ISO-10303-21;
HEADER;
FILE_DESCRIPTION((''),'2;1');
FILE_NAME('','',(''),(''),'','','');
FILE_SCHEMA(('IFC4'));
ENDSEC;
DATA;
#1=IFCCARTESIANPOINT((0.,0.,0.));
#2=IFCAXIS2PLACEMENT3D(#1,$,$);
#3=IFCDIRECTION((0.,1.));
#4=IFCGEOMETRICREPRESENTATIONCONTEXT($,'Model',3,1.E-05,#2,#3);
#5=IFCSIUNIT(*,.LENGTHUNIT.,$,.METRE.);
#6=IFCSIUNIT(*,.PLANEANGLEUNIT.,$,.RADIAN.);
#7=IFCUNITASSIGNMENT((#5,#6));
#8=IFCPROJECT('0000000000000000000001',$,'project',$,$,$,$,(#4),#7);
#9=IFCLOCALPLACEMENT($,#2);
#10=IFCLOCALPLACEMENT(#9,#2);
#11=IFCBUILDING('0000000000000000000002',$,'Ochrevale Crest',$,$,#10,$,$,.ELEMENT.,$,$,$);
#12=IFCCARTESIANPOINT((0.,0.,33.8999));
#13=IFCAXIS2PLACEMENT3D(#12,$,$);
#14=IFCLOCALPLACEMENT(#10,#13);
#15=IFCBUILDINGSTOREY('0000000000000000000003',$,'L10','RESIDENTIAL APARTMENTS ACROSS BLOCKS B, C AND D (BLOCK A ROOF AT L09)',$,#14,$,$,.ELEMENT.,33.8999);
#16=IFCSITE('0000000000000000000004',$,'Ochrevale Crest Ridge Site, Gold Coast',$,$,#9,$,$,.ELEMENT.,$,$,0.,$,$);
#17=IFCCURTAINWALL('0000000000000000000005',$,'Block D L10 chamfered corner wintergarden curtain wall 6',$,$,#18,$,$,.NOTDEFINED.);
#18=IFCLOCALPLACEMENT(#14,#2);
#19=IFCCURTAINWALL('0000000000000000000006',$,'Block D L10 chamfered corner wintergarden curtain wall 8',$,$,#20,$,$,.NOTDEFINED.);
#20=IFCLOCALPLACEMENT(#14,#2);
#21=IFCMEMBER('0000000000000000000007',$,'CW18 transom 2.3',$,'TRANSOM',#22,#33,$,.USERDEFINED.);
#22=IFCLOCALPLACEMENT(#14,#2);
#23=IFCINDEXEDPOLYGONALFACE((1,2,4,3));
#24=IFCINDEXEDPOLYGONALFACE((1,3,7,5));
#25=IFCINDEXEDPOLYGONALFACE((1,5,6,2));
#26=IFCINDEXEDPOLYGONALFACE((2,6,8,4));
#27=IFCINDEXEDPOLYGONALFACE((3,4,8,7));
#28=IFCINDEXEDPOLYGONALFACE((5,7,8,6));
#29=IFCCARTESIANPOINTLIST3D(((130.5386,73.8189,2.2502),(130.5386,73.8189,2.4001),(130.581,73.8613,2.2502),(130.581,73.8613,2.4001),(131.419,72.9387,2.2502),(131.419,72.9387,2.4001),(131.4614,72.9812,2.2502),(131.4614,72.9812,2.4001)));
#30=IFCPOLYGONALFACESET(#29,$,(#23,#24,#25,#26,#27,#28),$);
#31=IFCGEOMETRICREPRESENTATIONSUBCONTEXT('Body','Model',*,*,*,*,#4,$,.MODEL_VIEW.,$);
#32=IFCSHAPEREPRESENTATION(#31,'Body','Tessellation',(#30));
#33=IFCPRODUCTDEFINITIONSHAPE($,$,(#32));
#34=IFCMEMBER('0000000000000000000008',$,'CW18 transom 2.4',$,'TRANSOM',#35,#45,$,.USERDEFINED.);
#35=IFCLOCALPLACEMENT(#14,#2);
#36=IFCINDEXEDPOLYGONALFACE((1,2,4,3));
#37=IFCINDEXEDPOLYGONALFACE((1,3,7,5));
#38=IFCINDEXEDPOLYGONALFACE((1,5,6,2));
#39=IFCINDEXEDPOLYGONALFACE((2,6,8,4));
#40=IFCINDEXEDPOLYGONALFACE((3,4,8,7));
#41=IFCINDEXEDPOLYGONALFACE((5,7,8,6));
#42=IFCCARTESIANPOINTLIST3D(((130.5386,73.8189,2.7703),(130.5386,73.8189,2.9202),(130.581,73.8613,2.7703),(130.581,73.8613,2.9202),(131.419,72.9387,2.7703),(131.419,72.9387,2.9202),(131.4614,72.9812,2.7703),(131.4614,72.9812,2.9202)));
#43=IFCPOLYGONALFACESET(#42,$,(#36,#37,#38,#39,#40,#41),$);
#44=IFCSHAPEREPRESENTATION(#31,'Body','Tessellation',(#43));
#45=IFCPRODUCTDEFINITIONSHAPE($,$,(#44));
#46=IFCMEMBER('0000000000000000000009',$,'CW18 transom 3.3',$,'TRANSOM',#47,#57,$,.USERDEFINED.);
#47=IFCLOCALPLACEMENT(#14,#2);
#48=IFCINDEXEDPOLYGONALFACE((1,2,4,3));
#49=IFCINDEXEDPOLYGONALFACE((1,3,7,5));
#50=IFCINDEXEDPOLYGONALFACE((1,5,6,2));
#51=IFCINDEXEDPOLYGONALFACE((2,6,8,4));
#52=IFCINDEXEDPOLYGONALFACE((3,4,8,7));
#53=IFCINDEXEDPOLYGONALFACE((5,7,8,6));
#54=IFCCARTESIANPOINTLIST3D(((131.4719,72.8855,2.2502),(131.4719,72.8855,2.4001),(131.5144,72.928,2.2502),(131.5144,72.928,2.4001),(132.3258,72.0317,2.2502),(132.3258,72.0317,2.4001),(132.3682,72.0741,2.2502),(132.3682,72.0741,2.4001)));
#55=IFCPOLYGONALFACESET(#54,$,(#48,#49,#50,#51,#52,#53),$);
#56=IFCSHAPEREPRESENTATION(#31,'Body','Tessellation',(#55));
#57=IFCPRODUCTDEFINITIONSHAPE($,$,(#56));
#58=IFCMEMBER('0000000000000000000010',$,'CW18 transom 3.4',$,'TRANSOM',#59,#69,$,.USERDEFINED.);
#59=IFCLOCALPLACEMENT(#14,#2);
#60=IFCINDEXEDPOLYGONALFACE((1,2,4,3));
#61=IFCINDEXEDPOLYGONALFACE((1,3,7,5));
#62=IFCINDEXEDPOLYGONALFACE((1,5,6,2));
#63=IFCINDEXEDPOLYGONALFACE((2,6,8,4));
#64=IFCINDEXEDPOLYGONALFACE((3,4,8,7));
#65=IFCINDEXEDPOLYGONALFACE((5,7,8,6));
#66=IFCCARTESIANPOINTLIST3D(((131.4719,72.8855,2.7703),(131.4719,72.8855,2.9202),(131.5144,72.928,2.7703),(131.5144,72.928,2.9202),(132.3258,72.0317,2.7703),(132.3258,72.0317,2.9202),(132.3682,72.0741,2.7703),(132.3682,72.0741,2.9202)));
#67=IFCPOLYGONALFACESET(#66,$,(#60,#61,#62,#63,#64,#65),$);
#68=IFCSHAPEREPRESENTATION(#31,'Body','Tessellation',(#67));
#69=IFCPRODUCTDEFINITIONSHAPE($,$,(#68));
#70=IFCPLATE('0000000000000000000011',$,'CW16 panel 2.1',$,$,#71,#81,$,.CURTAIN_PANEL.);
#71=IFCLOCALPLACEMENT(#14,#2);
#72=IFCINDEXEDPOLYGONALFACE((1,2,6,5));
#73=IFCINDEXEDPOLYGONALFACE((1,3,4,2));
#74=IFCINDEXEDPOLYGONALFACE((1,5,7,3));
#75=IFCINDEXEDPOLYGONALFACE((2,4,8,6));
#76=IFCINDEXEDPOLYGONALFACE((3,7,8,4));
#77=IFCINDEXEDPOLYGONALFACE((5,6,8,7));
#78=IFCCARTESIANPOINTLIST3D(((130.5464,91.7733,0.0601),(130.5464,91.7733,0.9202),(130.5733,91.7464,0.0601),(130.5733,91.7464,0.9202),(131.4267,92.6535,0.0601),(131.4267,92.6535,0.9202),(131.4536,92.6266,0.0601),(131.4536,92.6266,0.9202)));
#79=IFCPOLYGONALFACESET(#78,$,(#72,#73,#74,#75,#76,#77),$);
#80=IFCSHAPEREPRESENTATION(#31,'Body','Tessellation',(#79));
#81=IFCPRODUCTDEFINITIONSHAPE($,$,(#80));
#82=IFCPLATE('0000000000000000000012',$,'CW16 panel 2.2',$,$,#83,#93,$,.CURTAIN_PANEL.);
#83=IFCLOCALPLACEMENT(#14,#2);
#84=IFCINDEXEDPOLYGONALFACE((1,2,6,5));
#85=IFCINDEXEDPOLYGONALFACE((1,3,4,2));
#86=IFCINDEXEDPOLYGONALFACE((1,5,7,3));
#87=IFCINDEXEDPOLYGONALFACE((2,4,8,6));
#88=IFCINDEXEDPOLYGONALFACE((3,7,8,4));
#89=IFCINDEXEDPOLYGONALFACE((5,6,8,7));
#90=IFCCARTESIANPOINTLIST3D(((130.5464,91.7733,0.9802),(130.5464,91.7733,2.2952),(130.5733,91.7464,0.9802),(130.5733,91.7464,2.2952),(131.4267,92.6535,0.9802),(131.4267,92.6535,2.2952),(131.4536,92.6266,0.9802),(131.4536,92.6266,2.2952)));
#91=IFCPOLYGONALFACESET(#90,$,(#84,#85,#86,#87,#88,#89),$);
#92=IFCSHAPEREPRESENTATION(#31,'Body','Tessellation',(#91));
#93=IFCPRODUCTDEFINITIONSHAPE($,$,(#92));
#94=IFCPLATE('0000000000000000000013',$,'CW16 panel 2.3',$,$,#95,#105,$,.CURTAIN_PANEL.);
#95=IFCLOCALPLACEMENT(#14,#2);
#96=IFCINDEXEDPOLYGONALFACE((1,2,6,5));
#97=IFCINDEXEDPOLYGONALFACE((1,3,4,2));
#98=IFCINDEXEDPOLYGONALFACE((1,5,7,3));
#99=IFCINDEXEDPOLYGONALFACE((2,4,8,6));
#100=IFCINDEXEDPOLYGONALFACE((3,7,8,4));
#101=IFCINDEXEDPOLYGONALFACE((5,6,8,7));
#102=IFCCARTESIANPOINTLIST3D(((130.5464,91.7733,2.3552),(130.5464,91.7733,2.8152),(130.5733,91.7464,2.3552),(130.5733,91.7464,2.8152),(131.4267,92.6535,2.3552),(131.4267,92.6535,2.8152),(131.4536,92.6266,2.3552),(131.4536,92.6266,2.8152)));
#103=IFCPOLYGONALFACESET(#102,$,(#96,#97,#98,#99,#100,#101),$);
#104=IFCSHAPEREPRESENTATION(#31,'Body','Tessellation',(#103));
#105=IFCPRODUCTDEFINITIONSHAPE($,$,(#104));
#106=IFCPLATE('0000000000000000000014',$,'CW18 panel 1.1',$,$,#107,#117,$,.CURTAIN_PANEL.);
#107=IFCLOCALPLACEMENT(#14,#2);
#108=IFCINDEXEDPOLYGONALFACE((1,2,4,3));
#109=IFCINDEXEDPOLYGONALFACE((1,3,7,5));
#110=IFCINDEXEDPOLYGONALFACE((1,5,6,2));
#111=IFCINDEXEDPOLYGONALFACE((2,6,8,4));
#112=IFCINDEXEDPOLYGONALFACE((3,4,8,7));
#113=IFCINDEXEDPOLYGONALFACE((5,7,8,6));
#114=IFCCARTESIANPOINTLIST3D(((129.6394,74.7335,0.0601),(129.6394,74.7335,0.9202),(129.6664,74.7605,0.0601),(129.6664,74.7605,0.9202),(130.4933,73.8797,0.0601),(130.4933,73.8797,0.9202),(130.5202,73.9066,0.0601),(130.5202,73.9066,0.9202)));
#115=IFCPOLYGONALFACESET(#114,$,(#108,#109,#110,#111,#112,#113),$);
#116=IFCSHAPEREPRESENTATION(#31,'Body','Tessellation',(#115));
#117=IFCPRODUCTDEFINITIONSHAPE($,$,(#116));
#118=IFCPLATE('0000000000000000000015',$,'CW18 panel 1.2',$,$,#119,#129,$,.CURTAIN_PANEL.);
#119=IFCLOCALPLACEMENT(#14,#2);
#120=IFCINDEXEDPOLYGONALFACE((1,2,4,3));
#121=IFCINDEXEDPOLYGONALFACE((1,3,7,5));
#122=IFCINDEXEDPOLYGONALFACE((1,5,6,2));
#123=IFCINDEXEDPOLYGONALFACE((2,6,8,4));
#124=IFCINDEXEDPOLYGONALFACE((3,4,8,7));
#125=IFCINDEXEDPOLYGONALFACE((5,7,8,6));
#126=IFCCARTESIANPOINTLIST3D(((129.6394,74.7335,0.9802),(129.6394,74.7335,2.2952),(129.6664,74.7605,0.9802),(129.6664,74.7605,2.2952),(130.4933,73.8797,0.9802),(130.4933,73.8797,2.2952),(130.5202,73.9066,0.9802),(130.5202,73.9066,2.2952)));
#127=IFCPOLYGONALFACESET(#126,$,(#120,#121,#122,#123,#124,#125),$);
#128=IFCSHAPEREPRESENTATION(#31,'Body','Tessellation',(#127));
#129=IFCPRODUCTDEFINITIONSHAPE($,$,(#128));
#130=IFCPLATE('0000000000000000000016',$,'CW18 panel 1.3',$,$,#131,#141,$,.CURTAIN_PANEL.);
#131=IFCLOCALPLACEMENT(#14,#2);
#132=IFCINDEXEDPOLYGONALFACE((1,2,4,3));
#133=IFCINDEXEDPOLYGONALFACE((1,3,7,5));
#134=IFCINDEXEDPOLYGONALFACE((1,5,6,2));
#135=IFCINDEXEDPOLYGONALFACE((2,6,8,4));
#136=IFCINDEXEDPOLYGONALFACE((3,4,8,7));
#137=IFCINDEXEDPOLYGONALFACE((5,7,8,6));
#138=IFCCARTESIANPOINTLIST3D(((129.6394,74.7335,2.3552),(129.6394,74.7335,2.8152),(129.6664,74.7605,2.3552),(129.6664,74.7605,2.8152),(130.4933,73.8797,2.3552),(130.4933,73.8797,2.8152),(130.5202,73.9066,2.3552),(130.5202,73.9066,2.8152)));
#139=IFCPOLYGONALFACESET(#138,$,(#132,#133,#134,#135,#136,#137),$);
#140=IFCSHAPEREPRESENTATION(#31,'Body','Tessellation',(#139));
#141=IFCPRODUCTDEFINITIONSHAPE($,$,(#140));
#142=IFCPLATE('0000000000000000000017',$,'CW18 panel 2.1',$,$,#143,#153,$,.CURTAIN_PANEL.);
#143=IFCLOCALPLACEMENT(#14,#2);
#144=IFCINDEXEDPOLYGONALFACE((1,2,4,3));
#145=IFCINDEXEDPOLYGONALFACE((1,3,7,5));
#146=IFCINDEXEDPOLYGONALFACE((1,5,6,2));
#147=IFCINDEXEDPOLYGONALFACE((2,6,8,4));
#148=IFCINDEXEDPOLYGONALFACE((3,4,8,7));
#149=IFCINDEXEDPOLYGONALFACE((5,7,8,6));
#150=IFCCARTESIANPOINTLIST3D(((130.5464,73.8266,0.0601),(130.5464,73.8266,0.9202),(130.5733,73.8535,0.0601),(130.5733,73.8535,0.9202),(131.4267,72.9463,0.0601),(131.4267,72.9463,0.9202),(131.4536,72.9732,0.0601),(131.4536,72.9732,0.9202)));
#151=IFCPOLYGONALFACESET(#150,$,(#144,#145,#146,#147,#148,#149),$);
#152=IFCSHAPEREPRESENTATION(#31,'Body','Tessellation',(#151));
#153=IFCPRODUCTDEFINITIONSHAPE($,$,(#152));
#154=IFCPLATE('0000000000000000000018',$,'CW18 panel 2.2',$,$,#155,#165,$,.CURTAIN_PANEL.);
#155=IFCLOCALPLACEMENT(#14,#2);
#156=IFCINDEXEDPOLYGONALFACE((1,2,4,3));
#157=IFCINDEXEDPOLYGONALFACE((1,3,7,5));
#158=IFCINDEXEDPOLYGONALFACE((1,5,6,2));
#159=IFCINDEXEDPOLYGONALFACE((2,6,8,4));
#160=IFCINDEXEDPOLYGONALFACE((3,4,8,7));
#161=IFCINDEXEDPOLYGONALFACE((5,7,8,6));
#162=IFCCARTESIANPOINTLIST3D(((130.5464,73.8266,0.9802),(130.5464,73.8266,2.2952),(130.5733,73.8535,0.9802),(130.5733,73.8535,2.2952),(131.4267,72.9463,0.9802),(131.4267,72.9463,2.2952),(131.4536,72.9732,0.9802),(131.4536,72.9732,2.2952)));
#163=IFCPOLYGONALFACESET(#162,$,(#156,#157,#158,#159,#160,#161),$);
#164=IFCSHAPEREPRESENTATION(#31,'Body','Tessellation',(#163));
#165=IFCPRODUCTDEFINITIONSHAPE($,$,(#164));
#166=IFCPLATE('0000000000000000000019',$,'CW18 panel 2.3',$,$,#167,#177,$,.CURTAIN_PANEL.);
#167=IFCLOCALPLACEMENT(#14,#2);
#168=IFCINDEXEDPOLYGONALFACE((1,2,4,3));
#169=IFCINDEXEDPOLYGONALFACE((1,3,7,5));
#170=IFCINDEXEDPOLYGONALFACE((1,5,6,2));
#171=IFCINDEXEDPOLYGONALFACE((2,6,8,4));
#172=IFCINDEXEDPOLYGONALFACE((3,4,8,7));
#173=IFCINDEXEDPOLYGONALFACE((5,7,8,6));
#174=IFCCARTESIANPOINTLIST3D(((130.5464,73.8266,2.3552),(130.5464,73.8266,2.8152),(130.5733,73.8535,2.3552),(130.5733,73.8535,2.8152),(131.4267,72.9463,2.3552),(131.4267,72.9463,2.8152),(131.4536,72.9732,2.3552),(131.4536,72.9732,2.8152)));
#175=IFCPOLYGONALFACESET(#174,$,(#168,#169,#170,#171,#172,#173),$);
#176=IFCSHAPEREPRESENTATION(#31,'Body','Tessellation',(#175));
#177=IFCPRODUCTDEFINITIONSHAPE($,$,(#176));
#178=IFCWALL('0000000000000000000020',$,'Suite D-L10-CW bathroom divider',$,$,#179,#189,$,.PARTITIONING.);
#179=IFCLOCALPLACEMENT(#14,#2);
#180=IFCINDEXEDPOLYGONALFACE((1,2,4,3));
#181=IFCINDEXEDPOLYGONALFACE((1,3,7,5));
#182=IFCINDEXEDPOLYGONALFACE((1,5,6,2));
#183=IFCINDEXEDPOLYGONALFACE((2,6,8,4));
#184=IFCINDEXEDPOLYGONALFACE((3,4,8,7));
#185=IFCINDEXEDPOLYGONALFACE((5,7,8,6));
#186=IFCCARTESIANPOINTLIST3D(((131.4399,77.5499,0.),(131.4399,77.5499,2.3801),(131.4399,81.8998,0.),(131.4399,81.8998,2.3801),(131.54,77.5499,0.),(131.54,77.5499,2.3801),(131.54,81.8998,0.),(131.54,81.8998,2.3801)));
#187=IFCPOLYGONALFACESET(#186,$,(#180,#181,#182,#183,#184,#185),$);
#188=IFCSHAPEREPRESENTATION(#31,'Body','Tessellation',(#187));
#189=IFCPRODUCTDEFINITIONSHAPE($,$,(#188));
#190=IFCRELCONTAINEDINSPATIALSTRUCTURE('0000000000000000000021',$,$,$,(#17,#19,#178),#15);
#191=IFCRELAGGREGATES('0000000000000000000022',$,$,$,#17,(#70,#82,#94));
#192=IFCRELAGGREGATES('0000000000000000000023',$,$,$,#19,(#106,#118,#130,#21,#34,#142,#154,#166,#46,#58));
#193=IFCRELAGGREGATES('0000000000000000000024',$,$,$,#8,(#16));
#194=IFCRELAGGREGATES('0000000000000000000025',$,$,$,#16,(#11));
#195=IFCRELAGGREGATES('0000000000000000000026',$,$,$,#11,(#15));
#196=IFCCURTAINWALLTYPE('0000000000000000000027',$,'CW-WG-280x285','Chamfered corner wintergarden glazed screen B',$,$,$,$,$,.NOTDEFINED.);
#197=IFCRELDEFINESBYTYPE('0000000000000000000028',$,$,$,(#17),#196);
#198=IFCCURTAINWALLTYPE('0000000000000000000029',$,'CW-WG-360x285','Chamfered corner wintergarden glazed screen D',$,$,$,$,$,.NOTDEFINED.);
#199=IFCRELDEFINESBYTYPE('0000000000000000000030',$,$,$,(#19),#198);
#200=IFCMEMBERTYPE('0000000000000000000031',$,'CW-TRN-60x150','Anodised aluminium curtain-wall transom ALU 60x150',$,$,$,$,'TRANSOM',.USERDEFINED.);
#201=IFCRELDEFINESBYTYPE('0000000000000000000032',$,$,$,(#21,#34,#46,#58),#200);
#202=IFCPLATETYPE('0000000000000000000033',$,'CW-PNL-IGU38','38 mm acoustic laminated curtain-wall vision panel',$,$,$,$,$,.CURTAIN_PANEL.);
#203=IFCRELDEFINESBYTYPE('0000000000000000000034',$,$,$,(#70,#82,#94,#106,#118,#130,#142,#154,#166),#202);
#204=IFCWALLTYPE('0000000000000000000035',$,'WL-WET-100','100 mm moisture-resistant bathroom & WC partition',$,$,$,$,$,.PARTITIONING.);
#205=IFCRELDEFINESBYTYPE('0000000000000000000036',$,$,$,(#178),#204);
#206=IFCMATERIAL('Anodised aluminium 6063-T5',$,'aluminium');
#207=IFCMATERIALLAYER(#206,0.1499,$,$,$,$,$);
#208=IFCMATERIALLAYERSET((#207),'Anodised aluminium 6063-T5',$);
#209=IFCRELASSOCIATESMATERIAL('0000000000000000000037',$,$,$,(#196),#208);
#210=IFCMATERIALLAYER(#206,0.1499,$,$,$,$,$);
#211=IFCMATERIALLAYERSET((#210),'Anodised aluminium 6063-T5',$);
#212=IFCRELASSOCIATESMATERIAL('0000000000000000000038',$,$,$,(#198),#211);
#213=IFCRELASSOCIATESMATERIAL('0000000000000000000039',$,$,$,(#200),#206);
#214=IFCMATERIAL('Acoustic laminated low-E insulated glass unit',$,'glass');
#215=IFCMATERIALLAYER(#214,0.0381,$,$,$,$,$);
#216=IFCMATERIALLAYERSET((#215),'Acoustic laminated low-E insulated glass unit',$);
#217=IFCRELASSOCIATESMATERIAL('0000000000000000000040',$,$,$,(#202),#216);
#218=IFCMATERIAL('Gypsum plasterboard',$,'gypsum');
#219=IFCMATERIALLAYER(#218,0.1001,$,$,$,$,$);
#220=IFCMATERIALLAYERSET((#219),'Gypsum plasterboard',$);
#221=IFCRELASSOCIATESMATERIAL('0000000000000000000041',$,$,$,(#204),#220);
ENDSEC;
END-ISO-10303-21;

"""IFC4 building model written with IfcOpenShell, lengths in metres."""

from ifc_helpers import new_model, si_unit, direction, frame, frame_2d, origin, origin_2d, place, context, subcontext, project, spatial, rectangle, extrude, material, layer, layer_set, material_profile, profile_set, type_object, element, aggregate, save


model = new_model("IFC4")

# Units and contexts
model_context = context("Model", 3, precision=1e-05, world=origin(), true_north=direction((0.0, 1.0)))
body_context = subcontext(model_context, "Body", "Model", "MODEL_VIEW")
ifc_project = project(units=[si_unit("LENGTHUNIT", "METRE"), si_unit("PLANEANGLEUNIT", "RADIAN")], contexts=[model_context])

# Site, building, storey
site_placement = place(None, origin())
site = spatial("IfcSite", under=ifc_project, at=site_placement, Name="Ochrevale Crest Ridge Site, Gold Coast", CompositionType="ELEMENT", RefElevation=0.0)
building_placement = place(site_placement, origin())
building = spatial("IfcBuilding", under=site, at=building_placement, Name="Ochrevale Crest", CompositionType="ELEMENT")
storey_placement = place(building_placement, frame((0.0, 0.0, 33.8999)))
storey = spatial("IfcBuildingStorey", under=building, at=storey_placement, Name="L10", Description="RESIDENTIAL APARTMENTS ACROSS BLOCKS B, C AND D (BLOCK A ROOF AT L09)", CompositionType="ELEMENT", Elevation=33.8999)

# Curtain walls
ifc_material_1 = material(Name="Anodised aluminium 6063-T5", Category="aluminium")
ifc_layer_1 = layer(ifc_material_1, 0.1499)
ifc_layer_set_1 = layer_set([ifc_layer_1], Name="Anodised aluminium 6063-T5")
curtain_wall_type_1 = type_object("IfcCurtainWallType", Name="CW-WG-280x285", Description="Chamfered corner wintergarden glazed screen B", PredefinedType="NOTDEFINED", material=ifc_layer_set_1)
curtain_wall_1_placement = place(storey_placement, origin())
curtain_wall_1 = element("IfcCurtainWall", 1, at=curtain_wall_1_placement, inside=storey, type_object=curtain_wall_type_1, Name="Block D L10 chamfered corner wintergarden curtain wall 6", PredefinedType="NOTDEFINED")
ifc_layer_2 = layer(ifc_material_1, 0.1499)
ifc_layer_set_2 = layer_set([ifc_layer_2], Name="Anodised aluminium 6063-T5")
curtain_wall_type_2 = type_object("IfcCurtainWallType", Name="CW-WG-360x285", Description="Chamfered corner wintergarden glazed screen D", PredefinedType="NOTDEFINED", material=ifc_layer_set_2)
curtain_wall_2_placement = place(storey_placement, origin())
curtain_wall_2 = element("IfcCurtainWall", 2, at=curtain_wall_2_placement, inside=storey, type_object=curtain_wall_type_2, Name="Block D L10 chamfered corner wintergarden curtain wall 8", PredefinedType="NOTDEFINED")

# Members
ifc_material_profile_1 = material_profile(ifc_material_1, rectangle(XDim=0.0601, YDim=0.1499, at=origin_2d()), Name="ALU 60x150")
ifc_profile_set_1 = profile_set([ifc_material_profile_1], Name="Anodised aluminium 6063-T5")
member_type_1 = type_object("IfcMemberType", Name="CW-TRN-60x150", Description="Anodised aluminium curtain-wall transom ALU 60x150", ElementType="TRANSOM", PredefinedType="USERDEFINED", material=ifc_profile_set_1)
member_1_placement = place(storey_placement, frame((130.5598, 73.8401, 2.3252), z_axis=(0.707205, -0.707009, 0.0), x_axis=(0.707009, 0.707205, 0.0)))
member_1 = element("IfcMember", 3, at=member_1_placement, type_object=member_type_1, Name="CW18 transom 2.3", ObjectType="TRANSOM", PredefinedType="USERDEFINED", context=body_context, shape_type="SweptSolid", body=[
    extrude(rectangle(XDim=0.0601, YDim=0.1499, at=origin_2d()), origin(), (0.0, 0.0, 1.0), 1.2449),
])
member_2_placement = place(storey_placement, frame((130.5598, 73.8401, 2.8452), z_axis=(0.707205, -0.707009, 0.0), x_axis=(0.707009, 0.707205, 0.0)))
member_2 = element("IfcMember", 4, at=member_2_placement, type_object=member_type_1, Name="CW18 transom 2.4", ObjectType="TRANSOM", PredefinedType="USERDEFINED", context=body_context, shape_type="SweptSolid", body=[
    extrude(rectangle(XDim=0.0601, YDim=0.1499, at=origin_2d()), origin(), (0.0, 0.0, 1.0), 1.2449),
])
member_3_placement = place(storey_placement, frame((131.4932, 72.9067, 2.3252), z_axis=(0.707107, -0.707107, 0.0), x_axis=(0.707107, 0.707107, 0.0)))
member_3 = element("IfcMember", 5, at=member_3_placement, type_object=member_type_1, Name="CW18 transom 3.3", ObjectType="TRANSOM", PredefinedType="USERDEFINED", context=body_context, shape_type="SweptSolid", body=[
    extrude(rectangle(XDim=0.0601, YDim=0.1499, at=origin_2d()), origin(), (0.0, 0.0, 1.0), 1.2075),
])
member_4_placement = place(storey_placement, frame((131.4932, 72.9067, 2.8452), z_axis=(0.707107, -0.707107, 0.0), x_axis=(0.707107, 0.707107, 0.0)))
member_4 = element("IfcMember", 6, at=member_4_placement, type_object=member_type_1, Name="CW18 transom 3.4", ObjectType="TRANSOM", PredefinedType="USERDEFINED", context=body_context, shape_type="SweptSolid", body=[
    extrude(rectangle(XDim=0.0601, YDim=0.1499, at=origin_2d()), origin(), (0.0, 0.0, 1.0), 1.2075),
])

# Plates
ifc_material_2 = material(Name="Acoustic laminated low-E insulated glass unit", Category="glass")
ifc_layer_3 = layer(ifc_material_2, 0.0381)
ifc_layer_set_3 = layer_set([ifc_layer_3], Name="Acoustic laminated low-E insulated glass unit")
plate_type = type_object("IfcPlateType", Name="CW-PNL-IGU38", Description="38 mm acoustic laminated curtain-wall vision panel", PredefinedType="CURTAIN_PANEL", material=ifc_layer_set_3)
plate_1_placement = place(storey_placement, frame((131.0, 92.2, 0.0601), z_axis=(0.0, 0.0, 1.0), x_axis=(-0.707107, -0.707107, 0.0)))
plate_1 = element("IfcPlate", 7, at=plate_1_placement, type_object=plate_type, Name="CW16 panel 2.1", PredefinedType="CURTAIN_PANEL", context=body_context, shape_type="SweptSolid", body=[
    extrude(rectangle(XDim=1.2449, YDim=0.0381, at=origin_2d()), origin(), (0.0, 0.0, 1.0), 0.8601),
])
plate_2_placement = place(storey_placement, frame((131.0, 92.2, 0.9802), z_axis=(0.0, 0.0, 1.0), x_axis=(-0.707107, -0.707107, 0.0)))
plate_2 = element("IfcPlate", 8, at=plate_2_placement, type_object=plate_type, Name="CW16 panel 2.2", PredefinedType="CURTAIN_PANEL", context=body_context, shape_type="SweptSolid", body=[
    extrude(rectangle(XDim=1.2449, YDim=0.0381, at=origin_2d()), origin(), (0.0, 0.0, 1.0), 1.3149),
])
plate_3_placement = place(storey_placement, frame((131.0, 92.2, 2.3552), z_axis=(0.0, 0.0, 1.0), x_axis=(-0.707107, -0.707107, 0.0)))
plate_3 = element("IfcPlate", 9, at=plate_3_placement, type_object=plate_type, Name="CW16 panel 2.3", PredefinedType="CURTAIN_PANEL", context=body_context, shape_type="SweptSolid", body=[
    extrude(rectangle(XDim=1.2449, YDim=0.0381, at=origin_2d()), origin(), (0.0, 0.0, 1.0), 0.46),
])
aggregate(curtain_wall_1, [plate_1, plate_2, plate_3])
plate_4_placement = place(storey_placement, frame((130.0798, 74.3201, 0.0601), z_axis=(0.0, 0.0, 1.0), x_axis=(0.707107, -0.707107, 0.0)))
plate_4 = element("IfcPlate", 10, at=plate_4_placement, type_object=plate_type, Name="CW18 panel 1.1", PredefinedType="CURTAIN_PANEL", context=body_context, shape_type="SweptSolid", body=[
    extrude(rectangle(XDim=1.2075, YDim=0.0381, at=origin_2d()), origin(), (0.0, 0.0, 1.0), 0.8601),
])
plate_5_placement = place(storey_placement, frame((130.0798, 74.3201, 0.9802), z_axis=(0.0, 0.0, 1.0), x_axis=(0.707107, -0.707107, 0.0)))
plate_5 = element("IfcPlate", 11, at=plate_5_placement, type_object=plate_type, Name="CW18 panel 1.2", PredefinedType="CURTAIN_PANEL", context=body_context, shape_type="SweptSolid", body=[
    extrude(rectangle(XDim=1.2075, YDim=0.0381, at=origin_2d()), origin(), (0.0, 0.0, 1.0), 1.3149),
])
plate_6_placement = place(storey_placement, frame((130.0798, 74.3201, 2.3552), z_axis=(0.0, 0.0, 1.0), x_axis=(0.707107, -0.707107, 0.0)))
plate_6 = element("IfcPlate", 12, at=plate_6_placement, type_object=plate_type, Name="CW18 panel 1.3", PredefinedType="CURTAIN_PANEL", context=body_context, shape_type="SweptSolid", body=[
    extrude(rectangle(XDim=1.2075, YDim=0.0381, at=origin_2d()), origin(), (0.0, 0.0, 1.0), 0.46),
])
plate_7_placement = place(storey_placement, frame((131.0, 73.3999, 0.0601), z_axis=(0.0, 0.0, 1.0), x_axis=(0.707107, -0.707107, 0.0)))
plate_7 = element("IfcPlate", 13, at=plate_7_placement, type_object=plate_type, Name="CW18 panel 2.1", PredefinedType="CURTAIN_PANEL", context=body_context, shape_type="SweptSolid", body=[
    extrude(rectangle(XDim=1.2449, YDim=0.0381, at=origin_2d()), origin(), (0.0, 0.0, 1.0), 0.8601),
])
plate_8_placement = place(storey_placement, frame((131.0, 73.3999, 0.9802), z_axis=(0.0, 0.0, 1.0), x_axis=(0.707107, -0.707107, 0.0)))
plate_8 = element("IfcPlate", 14, at=plate_8_placement, type_object=plate_type, Name="CW18 panel 2.2", PredefinedType="CURTAIN_PANEL", context=body_context, shape_type="SweptSolid", body=[
    extrude(rectangle(XDim=1.2449, YDim=0.0381, at=origin_2d()), origin(), (0.0, 0.0, 1.0), 1.3149),
])
plate_9_placement = place(storey_placement, frame((131.0, 73.3999, 2.3552), z_axis=(0.0, 0.0, 1.0), x_axis=(0.707107, -0.707107, 0.0)))
plate_9 = element("IfcPlate", 15, at=plate_9_placement, type_object=plate_type, Name="CW18 panel 2.3", PredefinedType="CURTAIN_PANEL", context=body_context, shape_type="SweptSolid", body=[
    extrude(rectangle(XDim=1.2449, YDim=0.0381, at=origin_2d()), origin(), (0.0, 0.0, 1.0), 0.46),
])
aggregate(curtain_wall_2, [plate_4, plate_5, plate_6, member_1, member_2, plate_7, plate_8, plate_9, member_3, member_4])

# Wall
ifc_material_3 = material(Name="Gypsum plasterboard", Category="gypsum")
ifc_layer_4 = layer(ifc_material_3, 0.1001)
ifc_layer_set_4 = layer_set([ifc_layer_4], Name="Gypsum plasterboard")
wall_type = type_object("IfcWallType", Name="WL-WET-100", Description="100 mm moisture-resistant bathroom & WC partition", PredefinedType="PARTITIONING", material=ifc_layer_set_4)
wall_placement = place(storey_placement, frame((131.49, 77.55, 0.0), z_axis=(0.0, 0.0, 1.0), x_axis=(0.0, 1.0, 0.0)))
element("IfcWall", 16, at=wall_placement, inside=storey, type_object=wall_type, Name="Suite D-L10-CW bathroom divider", PredefinedType="PARTITIONING", context=body_context, shape_type="SweptSolid", body=[
    extrude(rectangle(XDim=4.3499, YDim=0.1001, at=frame_2d((2.1748, 0.0))), origin(), (0.0, 0.0, 1.0), 2.3801),
])

save(model, "model.ifc")
